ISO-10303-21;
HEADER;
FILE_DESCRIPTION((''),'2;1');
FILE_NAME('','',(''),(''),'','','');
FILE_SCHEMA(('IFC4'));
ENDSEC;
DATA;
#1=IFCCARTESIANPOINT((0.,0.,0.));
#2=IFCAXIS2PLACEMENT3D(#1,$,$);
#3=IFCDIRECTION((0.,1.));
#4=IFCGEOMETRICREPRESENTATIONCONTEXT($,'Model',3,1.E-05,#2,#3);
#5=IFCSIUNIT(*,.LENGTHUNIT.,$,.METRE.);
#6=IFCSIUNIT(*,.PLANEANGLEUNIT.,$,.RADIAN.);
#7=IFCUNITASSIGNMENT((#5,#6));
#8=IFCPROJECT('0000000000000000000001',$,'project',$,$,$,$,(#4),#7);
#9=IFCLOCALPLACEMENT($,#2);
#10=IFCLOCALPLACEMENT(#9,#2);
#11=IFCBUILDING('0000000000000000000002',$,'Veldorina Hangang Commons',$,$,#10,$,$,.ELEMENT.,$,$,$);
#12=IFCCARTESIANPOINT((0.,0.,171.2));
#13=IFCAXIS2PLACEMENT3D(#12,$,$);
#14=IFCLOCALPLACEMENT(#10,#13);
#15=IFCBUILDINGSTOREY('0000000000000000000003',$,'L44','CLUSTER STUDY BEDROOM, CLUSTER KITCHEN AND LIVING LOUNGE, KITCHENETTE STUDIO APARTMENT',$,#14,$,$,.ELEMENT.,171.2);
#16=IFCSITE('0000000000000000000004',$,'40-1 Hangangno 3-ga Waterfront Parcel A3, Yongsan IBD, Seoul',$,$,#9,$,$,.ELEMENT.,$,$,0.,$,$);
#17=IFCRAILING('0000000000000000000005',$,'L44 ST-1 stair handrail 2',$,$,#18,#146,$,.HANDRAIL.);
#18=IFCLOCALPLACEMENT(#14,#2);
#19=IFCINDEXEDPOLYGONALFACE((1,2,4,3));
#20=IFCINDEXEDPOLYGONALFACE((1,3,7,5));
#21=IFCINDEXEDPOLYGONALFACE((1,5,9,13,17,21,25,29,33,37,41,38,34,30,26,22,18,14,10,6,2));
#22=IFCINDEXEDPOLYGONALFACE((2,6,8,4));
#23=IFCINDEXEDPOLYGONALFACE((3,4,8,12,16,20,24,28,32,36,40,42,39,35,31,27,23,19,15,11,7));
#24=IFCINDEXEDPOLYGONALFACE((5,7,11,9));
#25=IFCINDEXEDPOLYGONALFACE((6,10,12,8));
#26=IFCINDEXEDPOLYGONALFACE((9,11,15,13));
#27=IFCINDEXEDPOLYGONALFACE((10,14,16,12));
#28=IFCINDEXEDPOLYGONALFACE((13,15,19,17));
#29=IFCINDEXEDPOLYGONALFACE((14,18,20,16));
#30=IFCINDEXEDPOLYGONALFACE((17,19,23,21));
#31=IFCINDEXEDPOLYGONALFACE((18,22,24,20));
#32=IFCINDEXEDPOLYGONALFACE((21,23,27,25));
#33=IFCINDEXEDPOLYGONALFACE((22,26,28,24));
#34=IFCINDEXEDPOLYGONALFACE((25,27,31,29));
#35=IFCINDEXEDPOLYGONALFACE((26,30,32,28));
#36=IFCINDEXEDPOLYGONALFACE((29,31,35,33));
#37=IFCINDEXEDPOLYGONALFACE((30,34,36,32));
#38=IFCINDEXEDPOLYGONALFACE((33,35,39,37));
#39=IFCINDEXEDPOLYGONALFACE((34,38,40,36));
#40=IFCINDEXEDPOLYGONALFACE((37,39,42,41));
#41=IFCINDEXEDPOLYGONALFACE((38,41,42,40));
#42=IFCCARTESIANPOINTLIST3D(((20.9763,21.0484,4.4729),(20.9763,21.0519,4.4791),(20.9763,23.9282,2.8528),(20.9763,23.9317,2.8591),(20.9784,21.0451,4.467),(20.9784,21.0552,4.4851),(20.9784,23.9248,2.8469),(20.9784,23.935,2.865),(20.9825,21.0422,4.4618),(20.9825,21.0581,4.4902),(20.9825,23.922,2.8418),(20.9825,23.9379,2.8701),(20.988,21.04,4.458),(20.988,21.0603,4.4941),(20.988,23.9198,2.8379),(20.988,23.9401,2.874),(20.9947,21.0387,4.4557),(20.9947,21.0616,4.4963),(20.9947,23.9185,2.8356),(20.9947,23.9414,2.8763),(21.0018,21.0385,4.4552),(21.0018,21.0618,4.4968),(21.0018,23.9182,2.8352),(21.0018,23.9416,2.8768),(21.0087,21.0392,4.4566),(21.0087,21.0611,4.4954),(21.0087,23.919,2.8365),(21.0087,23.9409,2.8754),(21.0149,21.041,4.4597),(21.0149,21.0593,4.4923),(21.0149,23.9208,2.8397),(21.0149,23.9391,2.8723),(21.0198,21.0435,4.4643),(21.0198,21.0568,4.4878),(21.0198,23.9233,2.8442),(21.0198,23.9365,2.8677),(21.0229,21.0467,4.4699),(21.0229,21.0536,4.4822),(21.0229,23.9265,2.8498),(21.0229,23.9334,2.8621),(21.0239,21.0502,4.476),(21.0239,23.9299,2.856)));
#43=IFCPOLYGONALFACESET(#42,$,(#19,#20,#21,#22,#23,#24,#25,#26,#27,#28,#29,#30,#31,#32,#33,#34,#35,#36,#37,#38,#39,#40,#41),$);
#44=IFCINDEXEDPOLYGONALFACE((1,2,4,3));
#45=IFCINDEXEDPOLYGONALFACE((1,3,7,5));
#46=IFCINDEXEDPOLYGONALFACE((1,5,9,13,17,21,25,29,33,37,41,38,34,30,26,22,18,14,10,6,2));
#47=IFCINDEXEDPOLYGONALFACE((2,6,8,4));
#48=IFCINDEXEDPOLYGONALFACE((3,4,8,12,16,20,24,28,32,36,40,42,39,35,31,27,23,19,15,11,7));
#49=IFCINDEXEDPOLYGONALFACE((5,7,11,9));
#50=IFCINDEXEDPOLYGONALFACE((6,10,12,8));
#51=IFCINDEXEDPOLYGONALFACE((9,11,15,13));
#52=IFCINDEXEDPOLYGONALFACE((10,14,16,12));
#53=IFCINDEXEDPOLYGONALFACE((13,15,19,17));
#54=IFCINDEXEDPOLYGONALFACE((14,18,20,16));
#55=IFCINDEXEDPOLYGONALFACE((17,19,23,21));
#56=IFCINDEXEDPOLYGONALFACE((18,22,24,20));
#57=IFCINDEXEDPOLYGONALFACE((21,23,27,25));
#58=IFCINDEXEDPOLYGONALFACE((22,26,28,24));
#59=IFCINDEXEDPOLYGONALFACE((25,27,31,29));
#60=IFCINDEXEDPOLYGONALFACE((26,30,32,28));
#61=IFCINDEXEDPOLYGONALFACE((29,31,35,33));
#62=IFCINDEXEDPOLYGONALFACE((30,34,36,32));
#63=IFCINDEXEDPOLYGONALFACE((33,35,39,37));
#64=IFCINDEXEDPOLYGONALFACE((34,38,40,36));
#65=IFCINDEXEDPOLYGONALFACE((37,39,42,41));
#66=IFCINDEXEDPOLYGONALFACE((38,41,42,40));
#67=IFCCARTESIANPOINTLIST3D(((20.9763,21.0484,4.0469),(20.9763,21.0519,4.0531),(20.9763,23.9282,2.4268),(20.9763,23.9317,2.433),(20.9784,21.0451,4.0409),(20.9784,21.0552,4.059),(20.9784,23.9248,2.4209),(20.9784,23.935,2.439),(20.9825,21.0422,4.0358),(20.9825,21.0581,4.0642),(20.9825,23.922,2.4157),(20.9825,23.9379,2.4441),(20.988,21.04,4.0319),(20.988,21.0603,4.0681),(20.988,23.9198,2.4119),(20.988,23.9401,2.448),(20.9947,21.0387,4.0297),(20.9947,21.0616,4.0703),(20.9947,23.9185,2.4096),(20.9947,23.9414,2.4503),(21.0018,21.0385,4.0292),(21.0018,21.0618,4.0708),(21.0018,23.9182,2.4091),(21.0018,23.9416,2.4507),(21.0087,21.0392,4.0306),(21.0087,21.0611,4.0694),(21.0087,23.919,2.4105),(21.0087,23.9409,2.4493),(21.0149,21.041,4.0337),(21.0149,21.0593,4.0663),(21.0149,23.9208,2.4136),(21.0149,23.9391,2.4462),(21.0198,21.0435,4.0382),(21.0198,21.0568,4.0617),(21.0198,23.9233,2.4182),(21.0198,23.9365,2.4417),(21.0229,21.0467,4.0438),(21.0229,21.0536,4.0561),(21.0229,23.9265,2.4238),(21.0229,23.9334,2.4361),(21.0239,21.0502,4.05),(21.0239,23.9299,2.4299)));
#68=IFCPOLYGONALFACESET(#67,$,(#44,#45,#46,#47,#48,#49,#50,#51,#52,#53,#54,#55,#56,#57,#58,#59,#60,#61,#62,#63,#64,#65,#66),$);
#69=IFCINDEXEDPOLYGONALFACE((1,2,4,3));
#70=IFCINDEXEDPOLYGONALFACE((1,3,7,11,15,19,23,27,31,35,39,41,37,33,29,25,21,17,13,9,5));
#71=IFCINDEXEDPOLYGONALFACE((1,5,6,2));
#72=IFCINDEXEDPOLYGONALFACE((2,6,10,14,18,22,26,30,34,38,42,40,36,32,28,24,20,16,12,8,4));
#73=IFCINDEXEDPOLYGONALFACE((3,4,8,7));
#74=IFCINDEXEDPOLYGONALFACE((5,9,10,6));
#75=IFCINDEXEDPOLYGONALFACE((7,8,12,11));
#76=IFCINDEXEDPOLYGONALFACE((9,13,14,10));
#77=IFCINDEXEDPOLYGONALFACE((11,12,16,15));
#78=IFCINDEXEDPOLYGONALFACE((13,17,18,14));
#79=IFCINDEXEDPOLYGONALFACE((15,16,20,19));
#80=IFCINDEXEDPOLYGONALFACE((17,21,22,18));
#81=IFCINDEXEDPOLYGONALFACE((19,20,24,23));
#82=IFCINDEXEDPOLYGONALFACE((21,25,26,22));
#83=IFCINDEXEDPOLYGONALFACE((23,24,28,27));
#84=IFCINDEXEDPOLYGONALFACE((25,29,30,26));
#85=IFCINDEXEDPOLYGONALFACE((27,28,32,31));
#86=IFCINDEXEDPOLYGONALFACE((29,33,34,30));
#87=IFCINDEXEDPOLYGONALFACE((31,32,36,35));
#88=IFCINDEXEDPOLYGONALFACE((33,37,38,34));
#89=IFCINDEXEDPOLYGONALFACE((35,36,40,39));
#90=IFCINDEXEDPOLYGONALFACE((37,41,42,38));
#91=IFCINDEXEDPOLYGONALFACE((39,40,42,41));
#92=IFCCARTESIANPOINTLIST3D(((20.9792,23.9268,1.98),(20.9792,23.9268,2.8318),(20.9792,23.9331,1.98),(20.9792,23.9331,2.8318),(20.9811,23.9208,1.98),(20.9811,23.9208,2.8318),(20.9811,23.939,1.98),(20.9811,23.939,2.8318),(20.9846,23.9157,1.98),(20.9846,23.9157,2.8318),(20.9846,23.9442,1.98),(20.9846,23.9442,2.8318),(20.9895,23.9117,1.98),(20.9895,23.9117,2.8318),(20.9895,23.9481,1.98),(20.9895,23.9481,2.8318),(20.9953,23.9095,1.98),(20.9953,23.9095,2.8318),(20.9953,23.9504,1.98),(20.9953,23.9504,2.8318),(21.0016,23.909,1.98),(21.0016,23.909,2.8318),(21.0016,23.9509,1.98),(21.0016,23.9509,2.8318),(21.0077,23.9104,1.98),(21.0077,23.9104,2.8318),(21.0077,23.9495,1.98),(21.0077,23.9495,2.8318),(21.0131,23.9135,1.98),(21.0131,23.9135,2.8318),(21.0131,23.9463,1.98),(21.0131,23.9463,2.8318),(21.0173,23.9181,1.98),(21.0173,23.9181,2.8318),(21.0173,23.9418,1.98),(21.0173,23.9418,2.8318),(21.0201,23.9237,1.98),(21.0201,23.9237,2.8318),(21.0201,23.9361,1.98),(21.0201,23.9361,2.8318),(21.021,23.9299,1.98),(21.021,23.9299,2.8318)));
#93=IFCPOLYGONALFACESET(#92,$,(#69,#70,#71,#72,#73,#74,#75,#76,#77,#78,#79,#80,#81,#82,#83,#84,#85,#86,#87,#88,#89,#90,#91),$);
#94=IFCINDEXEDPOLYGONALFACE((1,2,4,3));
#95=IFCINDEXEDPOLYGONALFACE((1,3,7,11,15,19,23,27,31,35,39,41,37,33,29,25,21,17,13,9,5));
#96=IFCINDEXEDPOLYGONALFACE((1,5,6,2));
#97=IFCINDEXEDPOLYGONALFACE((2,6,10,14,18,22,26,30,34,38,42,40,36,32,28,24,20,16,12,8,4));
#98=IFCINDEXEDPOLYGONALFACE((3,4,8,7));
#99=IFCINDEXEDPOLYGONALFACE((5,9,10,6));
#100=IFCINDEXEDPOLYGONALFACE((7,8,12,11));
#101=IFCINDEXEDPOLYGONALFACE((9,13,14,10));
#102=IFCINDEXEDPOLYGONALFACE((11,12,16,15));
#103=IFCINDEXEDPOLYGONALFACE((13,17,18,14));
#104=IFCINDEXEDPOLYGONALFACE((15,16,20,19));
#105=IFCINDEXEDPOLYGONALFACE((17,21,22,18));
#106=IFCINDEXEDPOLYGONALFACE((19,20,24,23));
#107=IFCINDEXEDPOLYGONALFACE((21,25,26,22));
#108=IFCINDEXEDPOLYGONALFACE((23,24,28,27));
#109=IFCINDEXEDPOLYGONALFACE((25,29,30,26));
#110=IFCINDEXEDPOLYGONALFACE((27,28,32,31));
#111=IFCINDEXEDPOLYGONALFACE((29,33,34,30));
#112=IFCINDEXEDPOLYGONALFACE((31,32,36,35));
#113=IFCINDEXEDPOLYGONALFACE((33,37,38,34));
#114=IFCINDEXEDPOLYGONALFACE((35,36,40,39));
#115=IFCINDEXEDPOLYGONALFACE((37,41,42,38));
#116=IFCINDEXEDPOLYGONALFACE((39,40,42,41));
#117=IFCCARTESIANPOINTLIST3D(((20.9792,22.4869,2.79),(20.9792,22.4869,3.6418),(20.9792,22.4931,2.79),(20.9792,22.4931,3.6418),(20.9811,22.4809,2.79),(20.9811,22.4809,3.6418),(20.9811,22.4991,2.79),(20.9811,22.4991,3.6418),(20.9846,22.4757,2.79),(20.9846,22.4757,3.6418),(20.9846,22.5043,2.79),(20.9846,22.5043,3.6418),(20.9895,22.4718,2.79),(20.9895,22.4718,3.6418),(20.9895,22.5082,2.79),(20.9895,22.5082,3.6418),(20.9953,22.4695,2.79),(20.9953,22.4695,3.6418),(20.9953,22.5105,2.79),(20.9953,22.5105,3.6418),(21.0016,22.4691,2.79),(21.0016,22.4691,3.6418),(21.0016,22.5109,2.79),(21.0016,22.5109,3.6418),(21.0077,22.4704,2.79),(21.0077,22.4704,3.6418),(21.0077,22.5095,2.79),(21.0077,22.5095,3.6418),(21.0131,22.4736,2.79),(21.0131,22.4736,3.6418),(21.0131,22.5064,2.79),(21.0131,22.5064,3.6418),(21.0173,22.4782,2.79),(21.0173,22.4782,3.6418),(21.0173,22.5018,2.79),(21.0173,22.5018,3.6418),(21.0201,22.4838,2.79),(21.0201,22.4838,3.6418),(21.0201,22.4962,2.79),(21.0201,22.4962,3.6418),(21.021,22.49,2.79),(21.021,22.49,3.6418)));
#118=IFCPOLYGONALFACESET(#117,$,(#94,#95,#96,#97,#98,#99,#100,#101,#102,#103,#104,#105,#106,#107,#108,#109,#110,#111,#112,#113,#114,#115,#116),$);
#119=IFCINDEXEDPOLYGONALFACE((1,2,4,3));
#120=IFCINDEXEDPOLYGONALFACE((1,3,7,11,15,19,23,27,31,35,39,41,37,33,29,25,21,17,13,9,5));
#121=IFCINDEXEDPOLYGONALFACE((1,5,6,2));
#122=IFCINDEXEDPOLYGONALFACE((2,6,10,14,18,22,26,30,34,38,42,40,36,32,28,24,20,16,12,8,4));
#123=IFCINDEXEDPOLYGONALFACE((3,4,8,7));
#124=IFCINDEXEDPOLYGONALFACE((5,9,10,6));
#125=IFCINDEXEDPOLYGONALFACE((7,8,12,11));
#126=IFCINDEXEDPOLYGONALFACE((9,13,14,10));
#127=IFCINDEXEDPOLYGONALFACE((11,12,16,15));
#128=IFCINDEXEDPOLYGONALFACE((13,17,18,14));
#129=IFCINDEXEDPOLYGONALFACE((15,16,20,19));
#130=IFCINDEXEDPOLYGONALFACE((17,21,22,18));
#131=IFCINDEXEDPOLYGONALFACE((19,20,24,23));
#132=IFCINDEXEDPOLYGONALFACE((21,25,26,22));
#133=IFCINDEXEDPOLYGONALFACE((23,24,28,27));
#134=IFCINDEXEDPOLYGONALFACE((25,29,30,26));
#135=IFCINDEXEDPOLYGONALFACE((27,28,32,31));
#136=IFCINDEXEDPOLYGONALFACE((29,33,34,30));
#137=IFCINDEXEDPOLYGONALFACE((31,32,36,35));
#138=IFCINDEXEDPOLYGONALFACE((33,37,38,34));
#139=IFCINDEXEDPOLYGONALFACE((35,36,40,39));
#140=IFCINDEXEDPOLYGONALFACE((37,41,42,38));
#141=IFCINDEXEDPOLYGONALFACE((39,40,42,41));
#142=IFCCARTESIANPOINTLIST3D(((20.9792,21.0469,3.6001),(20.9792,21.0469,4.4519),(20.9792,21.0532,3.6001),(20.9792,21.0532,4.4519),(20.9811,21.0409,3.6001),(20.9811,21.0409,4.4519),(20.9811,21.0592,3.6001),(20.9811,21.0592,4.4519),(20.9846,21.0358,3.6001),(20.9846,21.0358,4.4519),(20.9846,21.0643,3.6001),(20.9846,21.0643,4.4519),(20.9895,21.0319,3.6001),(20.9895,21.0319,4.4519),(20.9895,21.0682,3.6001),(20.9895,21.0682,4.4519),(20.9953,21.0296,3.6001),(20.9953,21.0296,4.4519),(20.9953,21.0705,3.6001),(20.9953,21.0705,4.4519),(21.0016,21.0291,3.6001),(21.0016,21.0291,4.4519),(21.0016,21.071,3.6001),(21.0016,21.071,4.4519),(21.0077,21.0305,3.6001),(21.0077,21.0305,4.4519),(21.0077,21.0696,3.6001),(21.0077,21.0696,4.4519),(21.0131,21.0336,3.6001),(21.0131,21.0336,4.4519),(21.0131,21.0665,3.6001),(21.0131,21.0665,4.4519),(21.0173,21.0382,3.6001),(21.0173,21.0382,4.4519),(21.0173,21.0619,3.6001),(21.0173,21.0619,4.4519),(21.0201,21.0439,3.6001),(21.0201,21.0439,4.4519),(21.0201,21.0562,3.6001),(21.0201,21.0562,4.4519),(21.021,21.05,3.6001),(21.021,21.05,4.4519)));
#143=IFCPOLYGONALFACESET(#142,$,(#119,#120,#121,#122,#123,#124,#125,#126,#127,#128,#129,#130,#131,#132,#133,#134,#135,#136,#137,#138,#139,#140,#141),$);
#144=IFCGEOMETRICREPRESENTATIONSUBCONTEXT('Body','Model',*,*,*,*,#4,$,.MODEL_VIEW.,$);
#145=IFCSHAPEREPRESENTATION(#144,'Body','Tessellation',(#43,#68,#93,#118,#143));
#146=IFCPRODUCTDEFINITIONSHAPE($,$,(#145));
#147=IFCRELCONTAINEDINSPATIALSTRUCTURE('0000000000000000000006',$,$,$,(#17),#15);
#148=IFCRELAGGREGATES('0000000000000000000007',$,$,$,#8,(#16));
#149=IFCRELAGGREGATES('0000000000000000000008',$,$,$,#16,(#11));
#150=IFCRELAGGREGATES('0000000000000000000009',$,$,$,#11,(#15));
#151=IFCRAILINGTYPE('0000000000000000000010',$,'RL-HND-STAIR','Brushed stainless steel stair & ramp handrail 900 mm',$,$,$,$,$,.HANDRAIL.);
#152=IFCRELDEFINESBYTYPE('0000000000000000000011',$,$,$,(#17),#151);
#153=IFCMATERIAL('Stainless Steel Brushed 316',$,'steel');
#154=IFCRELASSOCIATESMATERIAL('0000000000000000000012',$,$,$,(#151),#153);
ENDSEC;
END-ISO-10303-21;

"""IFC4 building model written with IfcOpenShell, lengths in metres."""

from ifc_helpers import new_model, si_unit, direction, frame, origin, origin_2d, place, context, subcontext, project, spatial, circle, extrude, material, type_object, element, save


model = new_model("IFC4")

# Units and contexts
model_context = context("Model", 3, precision=1e-05, world=origin(), true_north=direction((0.0, 1.0)))
body_context = subcontext(model_context, "Body", "Model", "MODEL_VIEW")
ifc_project = project(units=[si_unit("LENGTHUNIT", "METRE"), si_unit("PLANEANGLEUNIT", "RADIAN")], contexts=[model_context])

# Site, building, storey
site_placement = place(None, origin())
site = spatial("IfcSite", under=ifc_project, at=site_placement, Name="40-1 Hangangno 3-ga Waterfront Parcel A3, Yongsan IBD, Seoul", CompositionType="ELEMENT", RefElevation=0.0)
building_placement = place(site_placement, origin())
building = spatial("IfcBuilding", under=site, at=building_placement, Name="Veldorina Hangang Commons", CompositionType="ELEMENT")
storey_placement = place(building_placement, frame((0.0, 0.0, 171.2)))
storey = spatial("IfcBuildingStorey", under=building, at=storey_placement, Name="L44", Description="CLUSTER STUDY BEDROOM, CLUSTER KITCHEN AND LIVING LOUNGE, KITCHENETTE STUDIO APARTMENT", CompositionType="ELEMENT", Elevation=171.2)

# Railing
ifc_material_1 = material(Name="Stainless Steel Brushed 316", Category="steel")
railing_type_1 = type_object("IfcRailingType", Name="RL-HND-STAIR", Description="Brushed stainless steel stair & ramp handrail 900 mm", PredefinedType="HANDRAIL", material=ifc_material_1)
railing_1_placement = place(storey_placement, frame((21.0, 23.9299, 1.98)))
element("IfcRailing", 1, at=railing_1_placement, inside=storey, type_object=railing_type_1, Name="L44 ST-1 stair handrail 2", PredefinedType="HANDRAIL", context=body_context, shape_type="SweptSolid", body=[
    extrude(circle(Radius=0.0239, at=origin_2d()), frame((0.0, 0.0, 0.876), z_axis=(0.0, -0.871552, 0.490303), x_axis=(1.0, 0.0, 0.0)), (0.0, 0.0, 1.0), 3.3042),
    extrude(circle(Radius=0.0239, at=origin_2d()), frame((0.0, 0.0, 0.45), z_axis=(0.0, -0.871552, 0.490303), x_axis=(1.0, 0.0, 0.0)), (0.0, 0.0, 1.0), 3.3042),
    extrude(circle(Radius=0.021, at=origin_2d()), origin(), (0.0, 0.0, 1.0), 0.8518),
    extrude(circle(Radius=0.021, at=origin_2d()), frame((0.0, -1.4399, 0.8101)), (0.0, 0.0, 1.0), 0.8518),
    extrude(circle(Radius=0.021, at=origin_2d()), frame((0.0, -2.8799, 1.6201)), (0.0, 0.0, 1.0), 0.8518),
])

save(model, "model.ifc")
